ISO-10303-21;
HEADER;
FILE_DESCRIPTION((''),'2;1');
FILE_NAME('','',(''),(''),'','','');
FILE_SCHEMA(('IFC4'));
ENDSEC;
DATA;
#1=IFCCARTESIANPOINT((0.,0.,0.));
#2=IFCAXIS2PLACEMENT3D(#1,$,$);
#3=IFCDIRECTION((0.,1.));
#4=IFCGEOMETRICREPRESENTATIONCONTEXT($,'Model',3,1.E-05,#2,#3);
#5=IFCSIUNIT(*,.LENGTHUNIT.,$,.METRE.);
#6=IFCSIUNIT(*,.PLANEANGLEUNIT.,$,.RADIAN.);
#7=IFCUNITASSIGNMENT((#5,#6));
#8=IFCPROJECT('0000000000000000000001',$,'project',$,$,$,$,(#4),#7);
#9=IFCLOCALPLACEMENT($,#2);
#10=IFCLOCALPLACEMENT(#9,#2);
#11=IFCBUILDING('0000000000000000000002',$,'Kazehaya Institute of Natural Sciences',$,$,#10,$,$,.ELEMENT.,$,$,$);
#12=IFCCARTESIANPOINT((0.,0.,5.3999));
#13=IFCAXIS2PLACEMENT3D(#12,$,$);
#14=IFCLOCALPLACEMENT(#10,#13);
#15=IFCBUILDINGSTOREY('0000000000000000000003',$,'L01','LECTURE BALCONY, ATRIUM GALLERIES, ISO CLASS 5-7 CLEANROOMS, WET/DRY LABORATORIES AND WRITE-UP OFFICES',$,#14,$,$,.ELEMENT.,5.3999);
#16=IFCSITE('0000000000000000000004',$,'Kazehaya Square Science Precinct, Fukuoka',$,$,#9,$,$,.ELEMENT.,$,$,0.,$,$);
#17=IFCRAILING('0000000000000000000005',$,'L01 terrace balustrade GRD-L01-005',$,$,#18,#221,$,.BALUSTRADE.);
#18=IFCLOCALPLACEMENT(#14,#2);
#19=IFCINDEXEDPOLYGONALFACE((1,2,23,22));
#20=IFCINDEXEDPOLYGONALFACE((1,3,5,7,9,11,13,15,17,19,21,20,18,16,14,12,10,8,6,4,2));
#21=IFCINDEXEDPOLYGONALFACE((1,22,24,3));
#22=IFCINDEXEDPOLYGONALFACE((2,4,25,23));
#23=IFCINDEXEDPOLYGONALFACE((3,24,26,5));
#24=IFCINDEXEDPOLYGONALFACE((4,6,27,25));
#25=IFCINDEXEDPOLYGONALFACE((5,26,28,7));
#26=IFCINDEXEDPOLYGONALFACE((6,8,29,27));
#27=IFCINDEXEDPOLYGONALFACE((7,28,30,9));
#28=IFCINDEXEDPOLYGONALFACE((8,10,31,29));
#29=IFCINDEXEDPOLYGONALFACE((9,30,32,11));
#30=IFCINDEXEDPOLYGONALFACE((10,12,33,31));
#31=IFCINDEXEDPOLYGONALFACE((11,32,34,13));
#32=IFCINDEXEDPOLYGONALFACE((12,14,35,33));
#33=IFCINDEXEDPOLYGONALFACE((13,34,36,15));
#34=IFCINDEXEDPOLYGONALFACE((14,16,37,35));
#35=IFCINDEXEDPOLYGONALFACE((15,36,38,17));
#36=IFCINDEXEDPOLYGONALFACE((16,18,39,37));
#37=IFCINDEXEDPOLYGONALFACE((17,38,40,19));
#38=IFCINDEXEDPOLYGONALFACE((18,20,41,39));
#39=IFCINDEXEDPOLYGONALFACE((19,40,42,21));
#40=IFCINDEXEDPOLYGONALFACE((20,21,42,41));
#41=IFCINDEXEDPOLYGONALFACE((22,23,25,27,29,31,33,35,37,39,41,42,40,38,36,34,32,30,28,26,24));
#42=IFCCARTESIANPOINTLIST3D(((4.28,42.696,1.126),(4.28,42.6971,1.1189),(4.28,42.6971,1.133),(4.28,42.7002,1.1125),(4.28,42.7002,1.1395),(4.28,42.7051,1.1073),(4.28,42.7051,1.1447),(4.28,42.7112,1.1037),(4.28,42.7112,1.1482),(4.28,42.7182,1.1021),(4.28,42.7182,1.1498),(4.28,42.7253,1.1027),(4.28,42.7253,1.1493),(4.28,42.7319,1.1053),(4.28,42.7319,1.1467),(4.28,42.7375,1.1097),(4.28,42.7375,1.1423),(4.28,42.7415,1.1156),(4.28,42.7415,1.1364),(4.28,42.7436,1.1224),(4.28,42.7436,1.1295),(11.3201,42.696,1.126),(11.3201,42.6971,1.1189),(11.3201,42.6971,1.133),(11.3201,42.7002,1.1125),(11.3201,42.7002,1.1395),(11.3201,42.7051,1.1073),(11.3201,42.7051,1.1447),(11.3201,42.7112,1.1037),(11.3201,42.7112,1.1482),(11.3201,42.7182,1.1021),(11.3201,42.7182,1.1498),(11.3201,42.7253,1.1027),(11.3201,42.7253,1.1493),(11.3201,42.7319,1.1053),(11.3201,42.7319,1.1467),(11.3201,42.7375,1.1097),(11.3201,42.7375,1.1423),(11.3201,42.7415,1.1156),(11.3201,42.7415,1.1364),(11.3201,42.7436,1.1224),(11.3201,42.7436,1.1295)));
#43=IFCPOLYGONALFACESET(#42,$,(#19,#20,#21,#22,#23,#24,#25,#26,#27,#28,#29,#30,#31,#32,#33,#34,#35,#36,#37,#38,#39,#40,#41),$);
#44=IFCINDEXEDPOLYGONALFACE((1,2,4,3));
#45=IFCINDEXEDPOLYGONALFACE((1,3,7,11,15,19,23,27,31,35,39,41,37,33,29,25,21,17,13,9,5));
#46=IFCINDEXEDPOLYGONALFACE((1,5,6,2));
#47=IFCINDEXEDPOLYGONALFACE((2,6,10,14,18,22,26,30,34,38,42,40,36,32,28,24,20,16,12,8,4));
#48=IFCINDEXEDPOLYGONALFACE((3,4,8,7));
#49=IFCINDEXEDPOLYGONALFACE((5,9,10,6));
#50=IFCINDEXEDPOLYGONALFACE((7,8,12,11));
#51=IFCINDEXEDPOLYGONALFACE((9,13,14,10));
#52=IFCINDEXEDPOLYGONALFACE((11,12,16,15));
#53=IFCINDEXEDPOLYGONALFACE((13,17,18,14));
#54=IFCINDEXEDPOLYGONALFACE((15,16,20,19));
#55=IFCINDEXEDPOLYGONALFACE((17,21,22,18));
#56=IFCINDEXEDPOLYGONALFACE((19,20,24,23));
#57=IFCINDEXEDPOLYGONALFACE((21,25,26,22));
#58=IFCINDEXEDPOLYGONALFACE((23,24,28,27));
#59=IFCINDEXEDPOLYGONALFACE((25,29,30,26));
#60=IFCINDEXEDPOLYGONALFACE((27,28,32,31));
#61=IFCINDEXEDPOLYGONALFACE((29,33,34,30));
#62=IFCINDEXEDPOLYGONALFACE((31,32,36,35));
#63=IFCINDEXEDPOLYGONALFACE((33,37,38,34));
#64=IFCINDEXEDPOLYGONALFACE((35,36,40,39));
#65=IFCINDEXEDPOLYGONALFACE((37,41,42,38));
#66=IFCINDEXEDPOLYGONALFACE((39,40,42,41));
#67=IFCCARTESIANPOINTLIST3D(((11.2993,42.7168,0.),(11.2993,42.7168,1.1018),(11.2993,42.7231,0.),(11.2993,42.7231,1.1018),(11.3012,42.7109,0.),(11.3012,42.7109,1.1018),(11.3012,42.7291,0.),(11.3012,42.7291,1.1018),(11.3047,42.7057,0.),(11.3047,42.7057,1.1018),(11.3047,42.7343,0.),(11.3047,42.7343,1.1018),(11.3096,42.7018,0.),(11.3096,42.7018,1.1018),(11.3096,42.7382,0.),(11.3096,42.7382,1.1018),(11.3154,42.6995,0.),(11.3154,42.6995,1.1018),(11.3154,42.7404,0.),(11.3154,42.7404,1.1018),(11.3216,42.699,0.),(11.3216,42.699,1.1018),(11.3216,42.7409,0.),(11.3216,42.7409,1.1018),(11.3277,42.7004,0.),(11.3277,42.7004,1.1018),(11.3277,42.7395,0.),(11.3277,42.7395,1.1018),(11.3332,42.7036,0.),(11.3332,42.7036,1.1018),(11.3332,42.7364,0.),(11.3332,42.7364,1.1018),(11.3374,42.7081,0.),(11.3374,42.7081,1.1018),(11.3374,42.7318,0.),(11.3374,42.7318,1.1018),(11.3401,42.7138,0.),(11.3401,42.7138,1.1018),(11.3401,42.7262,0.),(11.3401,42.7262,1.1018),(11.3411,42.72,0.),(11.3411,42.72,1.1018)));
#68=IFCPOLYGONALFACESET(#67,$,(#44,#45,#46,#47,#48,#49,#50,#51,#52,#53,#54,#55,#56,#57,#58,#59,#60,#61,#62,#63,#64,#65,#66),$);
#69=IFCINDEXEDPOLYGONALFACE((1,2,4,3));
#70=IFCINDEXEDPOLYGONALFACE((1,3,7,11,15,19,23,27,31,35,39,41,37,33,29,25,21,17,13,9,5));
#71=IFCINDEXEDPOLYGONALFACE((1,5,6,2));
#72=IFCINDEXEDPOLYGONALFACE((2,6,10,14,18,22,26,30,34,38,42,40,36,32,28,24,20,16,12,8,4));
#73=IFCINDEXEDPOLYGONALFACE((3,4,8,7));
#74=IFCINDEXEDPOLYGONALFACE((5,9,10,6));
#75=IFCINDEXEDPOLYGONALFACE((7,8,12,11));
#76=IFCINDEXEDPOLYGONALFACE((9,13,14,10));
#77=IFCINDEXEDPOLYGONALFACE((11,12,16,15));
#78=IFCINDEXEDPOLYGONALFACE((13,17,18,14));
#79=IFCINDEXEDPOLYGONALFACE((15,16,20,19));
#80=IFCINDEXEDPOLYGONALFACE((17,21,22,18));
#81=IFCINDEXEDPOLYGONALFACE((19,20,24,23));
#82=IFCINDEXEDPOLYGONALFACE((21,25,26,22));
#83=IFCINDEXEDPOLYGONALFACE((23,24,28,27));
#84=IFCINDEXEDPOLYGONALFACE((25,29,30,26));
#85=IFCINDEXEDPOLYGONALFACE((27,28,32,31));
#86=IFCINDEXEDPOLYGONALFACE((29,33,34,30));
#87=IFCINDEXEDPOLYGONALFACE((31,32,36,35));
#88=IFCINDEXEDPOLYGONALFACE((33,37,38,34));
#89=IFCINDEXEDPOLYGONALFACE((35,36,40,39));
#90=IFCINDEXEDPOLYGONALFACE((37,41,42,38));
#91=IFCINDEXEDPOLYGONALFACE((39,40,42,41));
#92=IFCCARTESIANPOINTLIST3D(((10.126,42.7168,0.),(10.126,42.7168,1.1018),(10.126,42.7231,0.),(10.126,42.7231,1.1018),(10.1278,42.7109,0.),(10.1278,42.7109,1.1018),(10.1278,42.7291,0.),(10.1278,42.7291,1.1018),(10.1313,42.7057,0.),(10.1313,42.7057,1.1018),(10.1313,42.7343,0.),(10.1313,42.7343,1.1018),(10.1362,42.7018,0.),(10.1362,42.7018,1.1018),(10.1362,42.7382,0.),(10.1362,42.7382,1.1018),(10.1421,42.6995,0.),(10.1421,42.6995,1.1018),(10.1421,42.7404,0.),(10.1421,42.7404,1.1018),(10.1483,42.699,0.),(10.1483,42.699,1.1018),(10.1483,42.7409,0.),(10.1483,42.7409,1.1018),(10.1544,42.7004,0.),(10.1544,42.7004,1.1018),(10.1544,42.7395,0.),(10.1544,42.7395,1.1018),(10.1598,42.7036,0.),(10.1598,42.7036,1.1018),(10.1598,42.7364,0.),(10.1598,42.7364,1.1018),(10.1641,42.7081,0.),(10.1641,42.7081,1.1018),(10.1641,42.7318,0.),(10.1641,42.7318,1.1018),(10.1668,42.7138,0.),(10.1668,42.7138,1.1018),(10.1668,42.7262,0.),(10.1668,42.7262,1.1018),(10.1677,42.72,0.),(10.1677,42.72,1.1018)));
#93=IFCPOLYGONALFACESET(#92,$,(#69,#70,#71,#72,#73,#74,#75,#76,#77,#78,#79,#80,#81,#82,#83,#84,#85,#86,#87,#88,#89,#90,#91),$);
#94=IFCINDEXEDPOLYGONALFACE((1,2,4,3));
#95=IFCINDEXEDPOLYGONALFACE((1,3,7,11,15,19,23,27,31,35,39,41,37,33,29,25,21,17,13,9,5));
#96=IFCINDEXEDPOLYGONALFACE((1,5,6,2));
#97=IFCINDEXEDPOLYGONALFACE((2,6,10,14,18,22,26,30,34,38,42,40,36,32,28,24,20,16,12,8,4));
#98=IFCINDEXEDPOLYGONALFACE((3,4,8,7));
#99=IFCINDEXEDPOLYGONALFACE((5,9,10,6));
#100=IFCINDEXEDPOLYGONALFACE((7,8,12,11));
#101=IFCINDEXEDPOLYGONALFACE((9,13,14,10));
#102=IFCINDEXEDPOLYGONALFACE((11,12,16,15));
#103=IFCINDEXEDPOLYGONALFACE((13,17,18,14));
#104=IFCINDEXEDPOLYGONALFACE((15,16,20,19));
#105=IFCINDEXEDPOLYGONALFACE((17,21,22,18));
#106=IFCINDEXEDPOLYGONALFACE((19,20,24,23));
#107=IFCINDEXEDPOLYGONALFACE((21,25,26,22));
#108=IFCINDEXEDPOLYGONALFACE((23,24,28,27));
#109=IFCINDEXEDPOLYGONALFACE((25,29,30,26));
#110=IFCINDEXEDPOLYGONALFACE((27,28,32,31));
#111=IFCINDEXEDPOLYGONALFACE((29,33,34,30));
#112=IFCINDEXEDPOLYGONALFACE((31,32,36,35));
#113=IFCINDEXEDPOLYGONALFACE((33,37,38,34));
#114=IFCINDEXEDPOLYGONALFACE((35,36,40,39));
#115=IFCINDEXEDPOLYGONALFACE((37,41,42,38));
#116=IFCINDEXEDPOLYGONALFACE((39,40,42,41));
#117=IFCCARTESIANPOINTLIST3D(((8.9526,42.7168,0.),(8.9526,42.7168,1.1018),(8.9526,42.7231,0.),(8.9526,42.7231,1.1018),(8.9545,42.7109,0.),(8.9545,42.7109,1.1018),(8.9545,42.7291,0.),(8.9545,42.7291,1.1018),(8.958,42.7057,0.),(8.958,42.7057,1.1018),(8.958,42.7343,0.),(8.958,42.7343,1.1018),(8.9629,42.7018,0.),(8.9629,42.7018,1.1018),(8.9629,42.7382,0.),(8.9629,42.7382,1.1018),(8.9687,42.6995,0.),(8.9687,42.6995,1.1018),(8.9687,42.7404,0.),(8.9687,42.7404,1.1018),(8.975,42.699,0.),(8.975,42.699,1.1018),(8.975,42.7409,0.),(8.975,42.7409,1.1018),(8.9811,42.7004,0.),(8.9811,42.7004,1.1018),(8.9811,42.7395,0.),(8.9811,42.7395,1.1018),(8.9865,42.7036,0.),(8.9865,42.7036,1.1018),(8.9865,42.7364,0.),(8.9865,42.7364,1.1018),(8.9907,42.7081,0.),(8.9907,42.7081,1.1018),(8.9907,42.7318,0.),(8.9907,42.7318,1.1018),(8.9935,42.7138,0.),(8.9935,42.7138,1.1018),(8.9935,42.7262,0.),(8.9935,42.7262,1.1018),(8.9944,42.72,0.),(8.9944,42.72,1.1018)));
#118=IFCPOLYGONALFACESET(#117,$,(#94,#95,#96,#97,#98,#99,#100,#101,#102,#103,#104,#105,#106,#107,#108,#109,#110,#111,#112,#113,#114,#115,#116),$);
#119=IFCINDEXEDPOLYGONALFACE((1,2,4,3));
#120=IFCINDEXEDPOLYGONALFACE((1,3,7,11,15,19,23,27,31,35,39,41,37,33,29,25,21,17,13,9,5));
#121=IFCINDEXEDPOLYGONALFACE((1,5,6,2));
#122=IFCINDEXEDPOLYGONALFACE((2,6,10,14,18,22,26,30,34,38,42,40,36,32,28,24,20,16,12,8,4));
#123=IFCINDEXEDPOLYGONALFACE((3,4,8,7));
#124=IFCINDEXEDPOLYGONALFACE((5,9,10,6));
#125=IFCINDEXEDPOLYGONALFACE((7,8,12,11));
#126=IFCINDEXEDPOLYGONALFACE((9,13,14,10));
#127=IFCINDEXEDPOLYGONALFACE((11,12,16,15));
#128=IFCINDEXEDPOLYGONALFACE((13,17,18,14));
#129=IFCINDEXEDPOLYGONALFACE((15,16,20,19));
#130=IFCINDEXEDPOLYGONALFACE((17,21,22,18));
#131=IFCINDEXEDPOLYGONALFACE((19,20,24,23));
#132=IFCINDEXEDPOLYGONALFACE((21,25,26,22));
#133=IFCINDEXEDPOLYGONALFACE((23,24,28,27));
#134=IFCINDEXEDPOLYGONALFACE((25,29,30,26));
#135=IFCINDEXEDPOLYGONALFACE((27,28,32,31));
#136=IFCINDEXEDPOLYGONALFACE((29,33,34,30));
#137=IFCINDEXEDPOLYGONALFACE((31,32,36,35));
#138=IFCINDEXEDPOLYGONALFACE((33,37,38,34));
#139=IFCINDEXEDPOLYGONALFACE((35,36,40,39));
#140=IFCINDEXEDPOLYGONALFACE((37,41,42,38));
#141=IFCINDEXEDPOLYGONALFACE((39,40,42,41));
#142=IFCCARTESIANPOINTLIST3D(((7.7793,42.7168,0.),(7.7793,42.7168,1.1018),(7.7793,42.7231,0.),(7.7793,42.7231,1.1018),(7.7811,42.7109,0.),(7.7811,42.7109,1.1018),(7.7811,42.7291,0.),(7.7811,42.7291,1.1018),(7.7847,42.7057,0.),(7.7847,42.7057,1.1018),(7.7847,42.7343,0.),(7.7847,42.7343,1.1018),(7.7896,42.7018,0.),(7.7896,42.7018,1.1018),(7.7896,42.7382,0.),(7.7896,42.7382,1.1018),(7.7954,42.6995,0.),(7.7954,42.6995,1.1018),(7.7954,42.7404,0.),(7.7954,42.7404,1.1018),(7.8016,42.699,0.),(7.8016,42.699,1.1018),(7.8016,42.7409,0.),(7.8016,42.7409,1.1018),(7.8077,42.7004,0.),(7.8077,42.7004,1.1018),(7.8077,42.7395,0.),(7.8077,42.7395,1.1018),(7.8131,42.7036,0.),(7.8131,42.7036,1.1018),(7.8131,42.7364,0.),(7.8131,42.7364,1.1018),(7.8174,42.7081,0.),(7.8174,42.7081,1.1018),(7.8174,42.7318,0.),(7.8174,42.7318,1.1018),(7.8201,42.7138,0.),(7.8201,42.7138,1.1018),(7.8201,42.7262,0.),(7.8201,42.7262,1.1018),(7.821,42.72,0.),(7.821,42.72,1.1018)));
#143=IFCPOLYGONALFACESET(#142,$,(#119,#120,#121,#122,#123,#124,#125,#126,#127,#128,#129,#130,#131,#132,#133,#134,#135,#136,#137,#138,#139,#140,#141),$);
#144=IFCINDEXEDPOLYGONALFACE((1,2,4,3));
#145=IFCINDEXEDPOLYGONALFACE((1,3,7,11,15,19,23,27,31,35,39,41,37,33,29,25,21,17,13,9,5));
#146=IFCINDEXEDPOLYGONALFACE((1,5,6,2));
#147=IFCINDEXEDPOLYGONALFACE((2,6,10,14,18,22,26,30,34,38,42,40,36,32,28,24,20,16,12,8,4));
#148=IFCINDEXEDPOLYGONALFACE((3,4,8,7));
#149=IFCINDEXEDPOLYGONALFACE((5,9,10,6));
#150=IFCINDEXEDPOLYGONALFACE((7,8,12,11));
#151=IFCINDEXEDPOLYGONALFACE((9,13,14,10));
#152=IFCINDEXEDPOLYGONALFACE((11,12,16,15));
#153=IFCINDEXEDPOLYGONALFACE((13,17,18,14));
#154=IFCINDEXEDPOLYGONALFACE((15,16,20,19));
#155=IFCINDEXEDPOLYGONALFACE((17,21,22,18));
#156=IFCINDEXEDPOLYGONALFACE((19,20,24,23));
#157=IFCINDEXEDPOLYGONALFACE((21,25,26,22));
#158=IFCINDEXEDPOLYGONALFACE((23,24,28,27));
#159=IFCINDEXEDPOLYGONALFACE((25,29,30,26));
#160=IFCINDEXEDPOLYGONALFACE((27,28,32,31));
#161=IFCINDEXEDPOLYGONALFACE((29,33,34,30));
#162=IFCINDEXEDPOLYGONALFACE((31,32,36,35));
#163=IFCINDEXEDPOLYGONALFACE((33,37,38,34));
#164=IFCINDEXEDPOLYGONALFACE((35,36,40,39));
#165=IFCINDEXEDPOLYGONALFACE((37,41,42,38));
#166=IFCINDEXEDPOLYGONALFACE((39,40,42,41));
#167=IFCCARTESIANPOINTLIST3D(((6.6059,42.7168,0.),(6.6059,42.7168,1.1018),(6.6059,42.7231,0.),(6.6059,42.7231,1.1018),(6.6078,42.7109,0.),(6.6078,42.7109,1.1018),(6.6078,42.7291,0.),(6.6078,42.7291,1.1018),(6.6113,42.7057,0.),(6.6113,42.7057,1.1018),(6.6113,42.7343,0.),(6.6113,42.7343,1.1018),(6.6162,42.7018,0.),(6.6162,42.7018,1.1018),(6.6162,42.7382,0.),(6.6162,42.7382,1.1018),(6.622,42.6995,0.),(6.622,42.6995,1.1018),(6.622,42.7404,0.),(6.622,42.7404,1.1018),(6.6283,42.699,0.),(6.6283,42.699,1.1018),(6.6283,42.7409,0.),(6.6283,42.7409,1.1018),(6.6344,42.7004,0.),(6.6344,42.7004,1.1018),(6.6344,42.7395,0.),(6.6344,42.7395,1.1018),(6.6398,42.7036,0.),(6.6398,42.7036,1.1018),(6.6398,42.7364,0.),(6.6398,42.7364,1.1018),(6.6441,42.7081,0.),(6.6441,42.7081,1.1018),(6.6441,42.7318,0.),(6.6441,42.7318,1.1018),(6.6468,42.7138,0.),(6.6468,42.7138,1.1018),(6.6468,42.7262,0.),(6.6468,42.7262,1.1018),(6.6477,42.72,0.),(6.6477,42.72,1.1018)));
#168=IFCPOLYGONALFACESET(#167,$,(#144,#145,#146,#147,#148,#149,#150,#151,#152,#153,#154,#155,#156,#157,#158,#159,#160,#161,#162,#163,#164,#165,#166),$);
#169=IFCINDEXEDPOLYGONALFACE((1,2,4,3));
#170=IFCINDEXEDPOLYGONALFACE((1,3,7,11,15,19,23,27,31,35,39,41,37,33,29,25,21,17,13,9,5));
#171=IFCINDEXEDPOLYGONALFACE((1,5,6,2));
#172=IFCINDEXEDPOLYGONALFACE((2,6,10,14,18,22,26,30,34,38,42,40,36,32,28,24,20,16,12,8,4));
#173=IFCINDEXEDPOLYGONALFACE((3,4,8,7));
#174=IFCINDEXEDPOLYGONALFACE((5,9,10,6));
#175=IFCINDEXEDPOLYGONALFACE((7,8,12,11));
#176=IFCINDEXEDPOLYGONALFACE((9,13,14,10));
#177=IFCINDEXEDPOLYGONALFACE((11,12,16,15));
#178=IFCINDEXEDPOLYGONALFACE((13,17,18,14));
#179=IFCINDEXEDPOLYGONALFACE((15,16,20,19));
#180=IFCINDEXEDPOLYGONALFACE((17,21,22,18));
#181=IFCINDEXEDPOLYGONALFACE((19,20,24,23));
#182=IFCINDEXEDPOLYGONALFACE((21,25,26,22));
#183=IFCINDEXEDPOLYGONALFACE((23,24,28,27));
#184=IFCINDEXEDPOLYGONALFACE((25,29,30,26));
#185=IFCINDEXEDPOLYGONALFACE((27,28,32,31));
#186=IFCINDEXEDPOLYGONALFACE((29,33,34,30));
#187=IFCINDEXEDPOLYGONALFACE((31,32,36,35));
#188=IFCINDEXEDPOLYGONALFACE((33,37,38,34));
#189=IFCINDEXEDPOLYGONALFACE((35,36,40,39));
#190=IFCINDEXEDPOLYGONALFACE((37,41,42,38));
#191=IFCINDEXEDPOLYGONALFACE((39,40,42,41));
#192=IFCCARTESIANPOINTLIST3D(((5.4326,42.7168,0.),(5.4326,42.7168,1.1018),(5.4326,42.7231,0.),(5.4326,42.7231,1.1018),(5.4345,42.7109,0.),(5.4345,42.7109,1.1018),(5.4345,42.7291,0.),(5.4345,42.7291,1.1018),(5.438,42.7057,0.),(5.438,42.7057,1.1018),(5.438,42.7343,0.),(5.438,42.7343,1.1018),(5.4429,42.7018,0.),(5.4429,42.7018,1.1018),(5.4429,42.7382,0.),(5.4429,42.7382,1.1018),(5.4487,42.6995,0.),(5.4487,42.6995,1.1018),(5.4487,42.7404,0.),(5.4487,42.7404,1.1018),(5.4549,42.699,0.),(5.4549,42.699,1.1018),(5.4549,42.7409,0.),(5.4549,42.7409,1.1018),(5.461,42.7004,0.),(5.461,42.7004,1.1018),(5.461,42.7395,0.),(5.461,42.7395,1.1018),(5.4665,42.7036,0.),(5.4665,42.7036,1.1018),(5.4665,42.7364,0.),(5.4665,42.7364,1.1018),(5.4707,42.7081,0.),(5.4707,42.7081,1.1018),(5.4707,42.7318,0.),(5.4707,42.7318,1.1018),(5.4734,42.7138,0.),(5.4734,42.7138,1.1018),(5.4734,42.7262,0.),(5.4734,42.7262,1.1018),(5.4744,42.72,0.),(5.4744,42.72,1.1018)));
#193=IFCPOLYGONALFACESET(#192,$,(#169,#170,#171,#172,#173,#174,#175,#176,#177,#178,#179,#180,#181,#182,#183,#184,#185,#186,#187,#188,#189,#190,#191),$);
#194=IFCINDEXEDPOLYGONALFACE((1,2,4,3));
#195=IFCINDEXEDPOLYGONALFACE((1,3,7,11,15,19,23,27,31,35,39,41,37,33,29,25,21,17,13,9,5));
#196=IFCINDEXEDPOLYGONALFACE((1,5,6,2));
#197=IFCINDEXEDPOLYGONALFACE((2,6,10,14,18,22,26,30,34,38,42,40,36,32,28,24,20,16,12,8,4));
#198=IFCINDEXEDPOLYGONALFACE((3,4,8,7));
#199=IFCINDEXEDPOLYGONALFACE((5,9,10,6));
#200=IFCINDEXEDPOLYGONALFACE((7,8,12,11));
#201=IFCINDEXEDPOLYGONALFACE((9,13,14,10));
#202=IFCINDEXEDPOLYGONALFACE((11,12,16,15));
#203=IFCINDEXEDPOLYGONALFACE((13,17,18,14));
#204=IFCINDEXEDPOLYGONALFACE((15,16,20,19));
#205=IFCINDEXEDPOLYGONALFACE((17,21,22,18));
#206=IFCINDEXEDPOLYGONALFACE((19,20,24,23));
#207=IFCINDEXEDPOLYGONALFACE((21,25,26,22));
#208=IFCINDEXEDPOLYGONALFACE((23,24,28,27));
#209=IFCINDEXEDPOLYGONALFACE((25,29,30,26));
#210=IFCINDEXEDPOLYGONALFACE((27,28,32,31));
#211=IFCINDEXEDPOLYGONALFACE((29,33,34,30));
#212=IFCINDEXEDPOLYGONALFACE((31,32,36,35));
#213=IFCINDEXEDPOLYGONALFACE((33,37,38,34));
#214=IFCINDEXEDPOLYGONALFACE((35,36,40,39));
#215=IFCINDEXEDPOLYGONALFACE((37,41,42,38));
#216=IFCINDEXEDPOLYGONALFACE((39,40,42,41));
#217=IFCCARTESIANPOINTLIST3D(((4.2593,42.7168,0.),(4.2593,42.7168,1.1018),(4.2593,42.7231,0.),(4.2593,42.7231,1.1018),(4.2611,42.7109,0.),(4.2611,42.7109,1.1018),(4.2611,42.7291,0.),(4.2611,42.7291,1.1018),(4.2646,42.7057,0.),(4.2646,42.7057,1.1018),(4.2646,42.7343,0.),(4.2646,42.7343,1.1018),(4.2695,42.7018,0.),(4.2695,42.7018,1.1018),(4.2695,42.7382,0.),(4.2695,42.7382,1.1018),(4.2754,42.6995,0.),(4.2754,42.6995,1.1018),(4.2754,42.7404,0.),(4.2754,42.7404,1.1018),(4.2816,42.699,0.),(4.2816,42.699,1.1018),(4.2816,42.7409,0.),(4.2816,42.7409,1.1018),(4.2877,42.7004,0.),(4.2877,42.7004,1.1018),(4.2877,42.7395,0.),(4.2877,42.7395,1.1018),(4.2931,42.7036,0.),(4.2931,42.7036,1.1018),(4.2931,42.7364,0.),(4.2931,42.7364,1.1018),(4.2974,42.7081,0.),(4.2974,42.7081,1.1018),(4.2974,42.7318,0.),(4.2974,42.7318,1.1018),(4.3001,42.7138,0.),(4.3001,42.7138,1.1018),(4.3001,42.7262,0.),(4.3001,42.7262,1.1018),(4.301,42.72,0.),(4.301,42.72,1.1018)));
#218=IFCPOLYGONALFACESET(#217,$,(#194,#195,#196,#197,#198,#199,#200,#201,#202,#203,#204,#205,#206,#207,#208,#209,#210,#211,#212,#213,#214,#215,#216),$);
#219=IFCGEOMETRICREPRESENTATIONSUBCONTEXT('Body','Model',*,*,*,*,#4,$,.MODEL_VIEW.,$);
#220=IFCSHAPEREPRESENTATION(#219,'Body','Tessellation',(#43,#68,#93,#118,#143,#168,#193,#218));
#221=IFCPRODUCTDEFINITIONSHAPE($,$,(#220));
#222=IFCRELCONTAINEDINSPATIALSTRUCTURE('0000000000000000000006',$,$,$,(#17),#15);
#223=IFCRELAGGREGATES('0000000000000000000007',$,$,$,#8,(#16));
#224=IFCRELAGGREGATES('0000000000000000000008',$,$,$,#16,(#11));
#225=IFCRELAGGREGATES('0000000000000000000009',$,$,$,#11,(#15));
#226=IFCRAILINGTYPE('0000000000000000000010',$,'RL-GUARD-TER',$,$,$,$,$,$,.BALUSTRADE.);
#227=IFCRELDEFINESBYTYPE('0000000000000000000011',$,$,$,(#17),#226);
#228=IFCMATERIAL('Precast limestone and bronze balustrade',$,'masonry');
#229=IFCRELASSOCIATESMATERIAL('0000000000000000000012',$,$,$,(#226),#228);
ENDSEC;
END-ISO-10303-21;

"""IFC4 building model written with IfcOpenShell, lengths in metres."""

from ifc_helpers import new_model, si_unit, direction, frame, origin, origin_2d, place, context, subcontext, project, spatial, circle, extrude, material, type_object, element, save


model = new_model("IFC4")

# Units and contexts
model_context = context("Model", 3, precision=1e-05, world=origin(), true_north=direction((0.0, 1.0)))
body_context = subcontext(model_context, "Body", "Model", "MODEL_VIEW")
ifc_project = project(units=[si_unit("LENGTHUNIT", "METRE"), si_unit("PLANEANGLEUNIT", "RADIAN")], contexts=[model_context])

# Site, building, storey
site_placement = place(None, origin())
site = spatial("IfcSite", under=ifc_project, at=site_placement, Name="Kazehaya Square Science Precinct, Fukuoka", CompositionType="ELEMENT", RefElevation=0.0)
building_placement = place(site_placement, origin())
building = spatial("IfcBuilding", under=site, at=building_placement, Name="Kazehaya Institute of Natural Sciences", CompositionType="ELEMENT")
storey_placement = place(building_placement, frame((0.0, 0.0, 5.3999)))
storey = spatial("IfcBuildingStorey", under=building, at=storey_placement, Name="L01", Description="LECTURE BALCONY, ATRIUM GALLERIES, ISO CLASS 5-7 CLEANROOMS, WET/DRY LABORATORIES AND WRITE-UP OFFICES", CompositionType="ELEMENT", Elevation=5.3999)

# Railing
ifc_material_1 = material(Name="Precast limestone and bronze balustrade", Category="masonry")
railing_type = type_object("IfcRailingType", Name="RL-GUARD-TER", PredefinedType="BALUSTRADE", material=ifc_material_1)
railing_1_placement = place(storey_placement, frame((11.3201, 42.72, 0.0)))
element("IfcRailing", 1, at=railing_1_placement, inside=storey, type_object=railing_type, Name="L01 terrace balustrade GRD-L01-005", PredefinedType="BALUSTRADE", context=body_context, shape_type="SweptSolid", body=[
    extrude(circle(Radius=0.0239, at=origin_2d()), frame((0.0, 0.0, 1.126), z_axis=(-1.0, 0.0, 0.0), x_axis=(0.0, -1.0, 0.0)), (0.0, 0.0, 1.0), 7.04),
    extrude(circle(Radius=0.021, at=origin_2d()), origin(), (0.0, 0.0, 1.0), 1.1018),
    extrude(circle(Radius=0.021, at=origin_2d()), frame((-1.1733, 0.0, 0.0)), (0.0, 0.0, 1.0), 1.1018),
    extrude(circle(Radius=0.021, at=origin_2d()), frame((-2.3467, 0.0, 0.0)), (0.0, 0.0, 1.0), 1.1018),
    extrude(circle(Radius=0.021, at=origin_2d()), frame((-3.52, 0.0, 0.0)), (0.0, 0.0, 1.0), 1.1018),
    extrude(circle(Radius=0.021, at=origin_2d()), frame((-4.6934, 0.0, 0.0)), (0.0, 0.0, 1.0), 1.1018),
    extrude(circle(Radius=0.021, at=origin_2d()), frame((-5.8667, 0.0, 0.0)), (0.0, 0.0, 1.0), 1.1018),
    extrude(circle(Radius=0.021, at=origin_2d()), frame((-7.04, 0.0, 0.0)), (0.0, 0.0, 1.0), 1.1018),
])

save(model, "model.ifc")
